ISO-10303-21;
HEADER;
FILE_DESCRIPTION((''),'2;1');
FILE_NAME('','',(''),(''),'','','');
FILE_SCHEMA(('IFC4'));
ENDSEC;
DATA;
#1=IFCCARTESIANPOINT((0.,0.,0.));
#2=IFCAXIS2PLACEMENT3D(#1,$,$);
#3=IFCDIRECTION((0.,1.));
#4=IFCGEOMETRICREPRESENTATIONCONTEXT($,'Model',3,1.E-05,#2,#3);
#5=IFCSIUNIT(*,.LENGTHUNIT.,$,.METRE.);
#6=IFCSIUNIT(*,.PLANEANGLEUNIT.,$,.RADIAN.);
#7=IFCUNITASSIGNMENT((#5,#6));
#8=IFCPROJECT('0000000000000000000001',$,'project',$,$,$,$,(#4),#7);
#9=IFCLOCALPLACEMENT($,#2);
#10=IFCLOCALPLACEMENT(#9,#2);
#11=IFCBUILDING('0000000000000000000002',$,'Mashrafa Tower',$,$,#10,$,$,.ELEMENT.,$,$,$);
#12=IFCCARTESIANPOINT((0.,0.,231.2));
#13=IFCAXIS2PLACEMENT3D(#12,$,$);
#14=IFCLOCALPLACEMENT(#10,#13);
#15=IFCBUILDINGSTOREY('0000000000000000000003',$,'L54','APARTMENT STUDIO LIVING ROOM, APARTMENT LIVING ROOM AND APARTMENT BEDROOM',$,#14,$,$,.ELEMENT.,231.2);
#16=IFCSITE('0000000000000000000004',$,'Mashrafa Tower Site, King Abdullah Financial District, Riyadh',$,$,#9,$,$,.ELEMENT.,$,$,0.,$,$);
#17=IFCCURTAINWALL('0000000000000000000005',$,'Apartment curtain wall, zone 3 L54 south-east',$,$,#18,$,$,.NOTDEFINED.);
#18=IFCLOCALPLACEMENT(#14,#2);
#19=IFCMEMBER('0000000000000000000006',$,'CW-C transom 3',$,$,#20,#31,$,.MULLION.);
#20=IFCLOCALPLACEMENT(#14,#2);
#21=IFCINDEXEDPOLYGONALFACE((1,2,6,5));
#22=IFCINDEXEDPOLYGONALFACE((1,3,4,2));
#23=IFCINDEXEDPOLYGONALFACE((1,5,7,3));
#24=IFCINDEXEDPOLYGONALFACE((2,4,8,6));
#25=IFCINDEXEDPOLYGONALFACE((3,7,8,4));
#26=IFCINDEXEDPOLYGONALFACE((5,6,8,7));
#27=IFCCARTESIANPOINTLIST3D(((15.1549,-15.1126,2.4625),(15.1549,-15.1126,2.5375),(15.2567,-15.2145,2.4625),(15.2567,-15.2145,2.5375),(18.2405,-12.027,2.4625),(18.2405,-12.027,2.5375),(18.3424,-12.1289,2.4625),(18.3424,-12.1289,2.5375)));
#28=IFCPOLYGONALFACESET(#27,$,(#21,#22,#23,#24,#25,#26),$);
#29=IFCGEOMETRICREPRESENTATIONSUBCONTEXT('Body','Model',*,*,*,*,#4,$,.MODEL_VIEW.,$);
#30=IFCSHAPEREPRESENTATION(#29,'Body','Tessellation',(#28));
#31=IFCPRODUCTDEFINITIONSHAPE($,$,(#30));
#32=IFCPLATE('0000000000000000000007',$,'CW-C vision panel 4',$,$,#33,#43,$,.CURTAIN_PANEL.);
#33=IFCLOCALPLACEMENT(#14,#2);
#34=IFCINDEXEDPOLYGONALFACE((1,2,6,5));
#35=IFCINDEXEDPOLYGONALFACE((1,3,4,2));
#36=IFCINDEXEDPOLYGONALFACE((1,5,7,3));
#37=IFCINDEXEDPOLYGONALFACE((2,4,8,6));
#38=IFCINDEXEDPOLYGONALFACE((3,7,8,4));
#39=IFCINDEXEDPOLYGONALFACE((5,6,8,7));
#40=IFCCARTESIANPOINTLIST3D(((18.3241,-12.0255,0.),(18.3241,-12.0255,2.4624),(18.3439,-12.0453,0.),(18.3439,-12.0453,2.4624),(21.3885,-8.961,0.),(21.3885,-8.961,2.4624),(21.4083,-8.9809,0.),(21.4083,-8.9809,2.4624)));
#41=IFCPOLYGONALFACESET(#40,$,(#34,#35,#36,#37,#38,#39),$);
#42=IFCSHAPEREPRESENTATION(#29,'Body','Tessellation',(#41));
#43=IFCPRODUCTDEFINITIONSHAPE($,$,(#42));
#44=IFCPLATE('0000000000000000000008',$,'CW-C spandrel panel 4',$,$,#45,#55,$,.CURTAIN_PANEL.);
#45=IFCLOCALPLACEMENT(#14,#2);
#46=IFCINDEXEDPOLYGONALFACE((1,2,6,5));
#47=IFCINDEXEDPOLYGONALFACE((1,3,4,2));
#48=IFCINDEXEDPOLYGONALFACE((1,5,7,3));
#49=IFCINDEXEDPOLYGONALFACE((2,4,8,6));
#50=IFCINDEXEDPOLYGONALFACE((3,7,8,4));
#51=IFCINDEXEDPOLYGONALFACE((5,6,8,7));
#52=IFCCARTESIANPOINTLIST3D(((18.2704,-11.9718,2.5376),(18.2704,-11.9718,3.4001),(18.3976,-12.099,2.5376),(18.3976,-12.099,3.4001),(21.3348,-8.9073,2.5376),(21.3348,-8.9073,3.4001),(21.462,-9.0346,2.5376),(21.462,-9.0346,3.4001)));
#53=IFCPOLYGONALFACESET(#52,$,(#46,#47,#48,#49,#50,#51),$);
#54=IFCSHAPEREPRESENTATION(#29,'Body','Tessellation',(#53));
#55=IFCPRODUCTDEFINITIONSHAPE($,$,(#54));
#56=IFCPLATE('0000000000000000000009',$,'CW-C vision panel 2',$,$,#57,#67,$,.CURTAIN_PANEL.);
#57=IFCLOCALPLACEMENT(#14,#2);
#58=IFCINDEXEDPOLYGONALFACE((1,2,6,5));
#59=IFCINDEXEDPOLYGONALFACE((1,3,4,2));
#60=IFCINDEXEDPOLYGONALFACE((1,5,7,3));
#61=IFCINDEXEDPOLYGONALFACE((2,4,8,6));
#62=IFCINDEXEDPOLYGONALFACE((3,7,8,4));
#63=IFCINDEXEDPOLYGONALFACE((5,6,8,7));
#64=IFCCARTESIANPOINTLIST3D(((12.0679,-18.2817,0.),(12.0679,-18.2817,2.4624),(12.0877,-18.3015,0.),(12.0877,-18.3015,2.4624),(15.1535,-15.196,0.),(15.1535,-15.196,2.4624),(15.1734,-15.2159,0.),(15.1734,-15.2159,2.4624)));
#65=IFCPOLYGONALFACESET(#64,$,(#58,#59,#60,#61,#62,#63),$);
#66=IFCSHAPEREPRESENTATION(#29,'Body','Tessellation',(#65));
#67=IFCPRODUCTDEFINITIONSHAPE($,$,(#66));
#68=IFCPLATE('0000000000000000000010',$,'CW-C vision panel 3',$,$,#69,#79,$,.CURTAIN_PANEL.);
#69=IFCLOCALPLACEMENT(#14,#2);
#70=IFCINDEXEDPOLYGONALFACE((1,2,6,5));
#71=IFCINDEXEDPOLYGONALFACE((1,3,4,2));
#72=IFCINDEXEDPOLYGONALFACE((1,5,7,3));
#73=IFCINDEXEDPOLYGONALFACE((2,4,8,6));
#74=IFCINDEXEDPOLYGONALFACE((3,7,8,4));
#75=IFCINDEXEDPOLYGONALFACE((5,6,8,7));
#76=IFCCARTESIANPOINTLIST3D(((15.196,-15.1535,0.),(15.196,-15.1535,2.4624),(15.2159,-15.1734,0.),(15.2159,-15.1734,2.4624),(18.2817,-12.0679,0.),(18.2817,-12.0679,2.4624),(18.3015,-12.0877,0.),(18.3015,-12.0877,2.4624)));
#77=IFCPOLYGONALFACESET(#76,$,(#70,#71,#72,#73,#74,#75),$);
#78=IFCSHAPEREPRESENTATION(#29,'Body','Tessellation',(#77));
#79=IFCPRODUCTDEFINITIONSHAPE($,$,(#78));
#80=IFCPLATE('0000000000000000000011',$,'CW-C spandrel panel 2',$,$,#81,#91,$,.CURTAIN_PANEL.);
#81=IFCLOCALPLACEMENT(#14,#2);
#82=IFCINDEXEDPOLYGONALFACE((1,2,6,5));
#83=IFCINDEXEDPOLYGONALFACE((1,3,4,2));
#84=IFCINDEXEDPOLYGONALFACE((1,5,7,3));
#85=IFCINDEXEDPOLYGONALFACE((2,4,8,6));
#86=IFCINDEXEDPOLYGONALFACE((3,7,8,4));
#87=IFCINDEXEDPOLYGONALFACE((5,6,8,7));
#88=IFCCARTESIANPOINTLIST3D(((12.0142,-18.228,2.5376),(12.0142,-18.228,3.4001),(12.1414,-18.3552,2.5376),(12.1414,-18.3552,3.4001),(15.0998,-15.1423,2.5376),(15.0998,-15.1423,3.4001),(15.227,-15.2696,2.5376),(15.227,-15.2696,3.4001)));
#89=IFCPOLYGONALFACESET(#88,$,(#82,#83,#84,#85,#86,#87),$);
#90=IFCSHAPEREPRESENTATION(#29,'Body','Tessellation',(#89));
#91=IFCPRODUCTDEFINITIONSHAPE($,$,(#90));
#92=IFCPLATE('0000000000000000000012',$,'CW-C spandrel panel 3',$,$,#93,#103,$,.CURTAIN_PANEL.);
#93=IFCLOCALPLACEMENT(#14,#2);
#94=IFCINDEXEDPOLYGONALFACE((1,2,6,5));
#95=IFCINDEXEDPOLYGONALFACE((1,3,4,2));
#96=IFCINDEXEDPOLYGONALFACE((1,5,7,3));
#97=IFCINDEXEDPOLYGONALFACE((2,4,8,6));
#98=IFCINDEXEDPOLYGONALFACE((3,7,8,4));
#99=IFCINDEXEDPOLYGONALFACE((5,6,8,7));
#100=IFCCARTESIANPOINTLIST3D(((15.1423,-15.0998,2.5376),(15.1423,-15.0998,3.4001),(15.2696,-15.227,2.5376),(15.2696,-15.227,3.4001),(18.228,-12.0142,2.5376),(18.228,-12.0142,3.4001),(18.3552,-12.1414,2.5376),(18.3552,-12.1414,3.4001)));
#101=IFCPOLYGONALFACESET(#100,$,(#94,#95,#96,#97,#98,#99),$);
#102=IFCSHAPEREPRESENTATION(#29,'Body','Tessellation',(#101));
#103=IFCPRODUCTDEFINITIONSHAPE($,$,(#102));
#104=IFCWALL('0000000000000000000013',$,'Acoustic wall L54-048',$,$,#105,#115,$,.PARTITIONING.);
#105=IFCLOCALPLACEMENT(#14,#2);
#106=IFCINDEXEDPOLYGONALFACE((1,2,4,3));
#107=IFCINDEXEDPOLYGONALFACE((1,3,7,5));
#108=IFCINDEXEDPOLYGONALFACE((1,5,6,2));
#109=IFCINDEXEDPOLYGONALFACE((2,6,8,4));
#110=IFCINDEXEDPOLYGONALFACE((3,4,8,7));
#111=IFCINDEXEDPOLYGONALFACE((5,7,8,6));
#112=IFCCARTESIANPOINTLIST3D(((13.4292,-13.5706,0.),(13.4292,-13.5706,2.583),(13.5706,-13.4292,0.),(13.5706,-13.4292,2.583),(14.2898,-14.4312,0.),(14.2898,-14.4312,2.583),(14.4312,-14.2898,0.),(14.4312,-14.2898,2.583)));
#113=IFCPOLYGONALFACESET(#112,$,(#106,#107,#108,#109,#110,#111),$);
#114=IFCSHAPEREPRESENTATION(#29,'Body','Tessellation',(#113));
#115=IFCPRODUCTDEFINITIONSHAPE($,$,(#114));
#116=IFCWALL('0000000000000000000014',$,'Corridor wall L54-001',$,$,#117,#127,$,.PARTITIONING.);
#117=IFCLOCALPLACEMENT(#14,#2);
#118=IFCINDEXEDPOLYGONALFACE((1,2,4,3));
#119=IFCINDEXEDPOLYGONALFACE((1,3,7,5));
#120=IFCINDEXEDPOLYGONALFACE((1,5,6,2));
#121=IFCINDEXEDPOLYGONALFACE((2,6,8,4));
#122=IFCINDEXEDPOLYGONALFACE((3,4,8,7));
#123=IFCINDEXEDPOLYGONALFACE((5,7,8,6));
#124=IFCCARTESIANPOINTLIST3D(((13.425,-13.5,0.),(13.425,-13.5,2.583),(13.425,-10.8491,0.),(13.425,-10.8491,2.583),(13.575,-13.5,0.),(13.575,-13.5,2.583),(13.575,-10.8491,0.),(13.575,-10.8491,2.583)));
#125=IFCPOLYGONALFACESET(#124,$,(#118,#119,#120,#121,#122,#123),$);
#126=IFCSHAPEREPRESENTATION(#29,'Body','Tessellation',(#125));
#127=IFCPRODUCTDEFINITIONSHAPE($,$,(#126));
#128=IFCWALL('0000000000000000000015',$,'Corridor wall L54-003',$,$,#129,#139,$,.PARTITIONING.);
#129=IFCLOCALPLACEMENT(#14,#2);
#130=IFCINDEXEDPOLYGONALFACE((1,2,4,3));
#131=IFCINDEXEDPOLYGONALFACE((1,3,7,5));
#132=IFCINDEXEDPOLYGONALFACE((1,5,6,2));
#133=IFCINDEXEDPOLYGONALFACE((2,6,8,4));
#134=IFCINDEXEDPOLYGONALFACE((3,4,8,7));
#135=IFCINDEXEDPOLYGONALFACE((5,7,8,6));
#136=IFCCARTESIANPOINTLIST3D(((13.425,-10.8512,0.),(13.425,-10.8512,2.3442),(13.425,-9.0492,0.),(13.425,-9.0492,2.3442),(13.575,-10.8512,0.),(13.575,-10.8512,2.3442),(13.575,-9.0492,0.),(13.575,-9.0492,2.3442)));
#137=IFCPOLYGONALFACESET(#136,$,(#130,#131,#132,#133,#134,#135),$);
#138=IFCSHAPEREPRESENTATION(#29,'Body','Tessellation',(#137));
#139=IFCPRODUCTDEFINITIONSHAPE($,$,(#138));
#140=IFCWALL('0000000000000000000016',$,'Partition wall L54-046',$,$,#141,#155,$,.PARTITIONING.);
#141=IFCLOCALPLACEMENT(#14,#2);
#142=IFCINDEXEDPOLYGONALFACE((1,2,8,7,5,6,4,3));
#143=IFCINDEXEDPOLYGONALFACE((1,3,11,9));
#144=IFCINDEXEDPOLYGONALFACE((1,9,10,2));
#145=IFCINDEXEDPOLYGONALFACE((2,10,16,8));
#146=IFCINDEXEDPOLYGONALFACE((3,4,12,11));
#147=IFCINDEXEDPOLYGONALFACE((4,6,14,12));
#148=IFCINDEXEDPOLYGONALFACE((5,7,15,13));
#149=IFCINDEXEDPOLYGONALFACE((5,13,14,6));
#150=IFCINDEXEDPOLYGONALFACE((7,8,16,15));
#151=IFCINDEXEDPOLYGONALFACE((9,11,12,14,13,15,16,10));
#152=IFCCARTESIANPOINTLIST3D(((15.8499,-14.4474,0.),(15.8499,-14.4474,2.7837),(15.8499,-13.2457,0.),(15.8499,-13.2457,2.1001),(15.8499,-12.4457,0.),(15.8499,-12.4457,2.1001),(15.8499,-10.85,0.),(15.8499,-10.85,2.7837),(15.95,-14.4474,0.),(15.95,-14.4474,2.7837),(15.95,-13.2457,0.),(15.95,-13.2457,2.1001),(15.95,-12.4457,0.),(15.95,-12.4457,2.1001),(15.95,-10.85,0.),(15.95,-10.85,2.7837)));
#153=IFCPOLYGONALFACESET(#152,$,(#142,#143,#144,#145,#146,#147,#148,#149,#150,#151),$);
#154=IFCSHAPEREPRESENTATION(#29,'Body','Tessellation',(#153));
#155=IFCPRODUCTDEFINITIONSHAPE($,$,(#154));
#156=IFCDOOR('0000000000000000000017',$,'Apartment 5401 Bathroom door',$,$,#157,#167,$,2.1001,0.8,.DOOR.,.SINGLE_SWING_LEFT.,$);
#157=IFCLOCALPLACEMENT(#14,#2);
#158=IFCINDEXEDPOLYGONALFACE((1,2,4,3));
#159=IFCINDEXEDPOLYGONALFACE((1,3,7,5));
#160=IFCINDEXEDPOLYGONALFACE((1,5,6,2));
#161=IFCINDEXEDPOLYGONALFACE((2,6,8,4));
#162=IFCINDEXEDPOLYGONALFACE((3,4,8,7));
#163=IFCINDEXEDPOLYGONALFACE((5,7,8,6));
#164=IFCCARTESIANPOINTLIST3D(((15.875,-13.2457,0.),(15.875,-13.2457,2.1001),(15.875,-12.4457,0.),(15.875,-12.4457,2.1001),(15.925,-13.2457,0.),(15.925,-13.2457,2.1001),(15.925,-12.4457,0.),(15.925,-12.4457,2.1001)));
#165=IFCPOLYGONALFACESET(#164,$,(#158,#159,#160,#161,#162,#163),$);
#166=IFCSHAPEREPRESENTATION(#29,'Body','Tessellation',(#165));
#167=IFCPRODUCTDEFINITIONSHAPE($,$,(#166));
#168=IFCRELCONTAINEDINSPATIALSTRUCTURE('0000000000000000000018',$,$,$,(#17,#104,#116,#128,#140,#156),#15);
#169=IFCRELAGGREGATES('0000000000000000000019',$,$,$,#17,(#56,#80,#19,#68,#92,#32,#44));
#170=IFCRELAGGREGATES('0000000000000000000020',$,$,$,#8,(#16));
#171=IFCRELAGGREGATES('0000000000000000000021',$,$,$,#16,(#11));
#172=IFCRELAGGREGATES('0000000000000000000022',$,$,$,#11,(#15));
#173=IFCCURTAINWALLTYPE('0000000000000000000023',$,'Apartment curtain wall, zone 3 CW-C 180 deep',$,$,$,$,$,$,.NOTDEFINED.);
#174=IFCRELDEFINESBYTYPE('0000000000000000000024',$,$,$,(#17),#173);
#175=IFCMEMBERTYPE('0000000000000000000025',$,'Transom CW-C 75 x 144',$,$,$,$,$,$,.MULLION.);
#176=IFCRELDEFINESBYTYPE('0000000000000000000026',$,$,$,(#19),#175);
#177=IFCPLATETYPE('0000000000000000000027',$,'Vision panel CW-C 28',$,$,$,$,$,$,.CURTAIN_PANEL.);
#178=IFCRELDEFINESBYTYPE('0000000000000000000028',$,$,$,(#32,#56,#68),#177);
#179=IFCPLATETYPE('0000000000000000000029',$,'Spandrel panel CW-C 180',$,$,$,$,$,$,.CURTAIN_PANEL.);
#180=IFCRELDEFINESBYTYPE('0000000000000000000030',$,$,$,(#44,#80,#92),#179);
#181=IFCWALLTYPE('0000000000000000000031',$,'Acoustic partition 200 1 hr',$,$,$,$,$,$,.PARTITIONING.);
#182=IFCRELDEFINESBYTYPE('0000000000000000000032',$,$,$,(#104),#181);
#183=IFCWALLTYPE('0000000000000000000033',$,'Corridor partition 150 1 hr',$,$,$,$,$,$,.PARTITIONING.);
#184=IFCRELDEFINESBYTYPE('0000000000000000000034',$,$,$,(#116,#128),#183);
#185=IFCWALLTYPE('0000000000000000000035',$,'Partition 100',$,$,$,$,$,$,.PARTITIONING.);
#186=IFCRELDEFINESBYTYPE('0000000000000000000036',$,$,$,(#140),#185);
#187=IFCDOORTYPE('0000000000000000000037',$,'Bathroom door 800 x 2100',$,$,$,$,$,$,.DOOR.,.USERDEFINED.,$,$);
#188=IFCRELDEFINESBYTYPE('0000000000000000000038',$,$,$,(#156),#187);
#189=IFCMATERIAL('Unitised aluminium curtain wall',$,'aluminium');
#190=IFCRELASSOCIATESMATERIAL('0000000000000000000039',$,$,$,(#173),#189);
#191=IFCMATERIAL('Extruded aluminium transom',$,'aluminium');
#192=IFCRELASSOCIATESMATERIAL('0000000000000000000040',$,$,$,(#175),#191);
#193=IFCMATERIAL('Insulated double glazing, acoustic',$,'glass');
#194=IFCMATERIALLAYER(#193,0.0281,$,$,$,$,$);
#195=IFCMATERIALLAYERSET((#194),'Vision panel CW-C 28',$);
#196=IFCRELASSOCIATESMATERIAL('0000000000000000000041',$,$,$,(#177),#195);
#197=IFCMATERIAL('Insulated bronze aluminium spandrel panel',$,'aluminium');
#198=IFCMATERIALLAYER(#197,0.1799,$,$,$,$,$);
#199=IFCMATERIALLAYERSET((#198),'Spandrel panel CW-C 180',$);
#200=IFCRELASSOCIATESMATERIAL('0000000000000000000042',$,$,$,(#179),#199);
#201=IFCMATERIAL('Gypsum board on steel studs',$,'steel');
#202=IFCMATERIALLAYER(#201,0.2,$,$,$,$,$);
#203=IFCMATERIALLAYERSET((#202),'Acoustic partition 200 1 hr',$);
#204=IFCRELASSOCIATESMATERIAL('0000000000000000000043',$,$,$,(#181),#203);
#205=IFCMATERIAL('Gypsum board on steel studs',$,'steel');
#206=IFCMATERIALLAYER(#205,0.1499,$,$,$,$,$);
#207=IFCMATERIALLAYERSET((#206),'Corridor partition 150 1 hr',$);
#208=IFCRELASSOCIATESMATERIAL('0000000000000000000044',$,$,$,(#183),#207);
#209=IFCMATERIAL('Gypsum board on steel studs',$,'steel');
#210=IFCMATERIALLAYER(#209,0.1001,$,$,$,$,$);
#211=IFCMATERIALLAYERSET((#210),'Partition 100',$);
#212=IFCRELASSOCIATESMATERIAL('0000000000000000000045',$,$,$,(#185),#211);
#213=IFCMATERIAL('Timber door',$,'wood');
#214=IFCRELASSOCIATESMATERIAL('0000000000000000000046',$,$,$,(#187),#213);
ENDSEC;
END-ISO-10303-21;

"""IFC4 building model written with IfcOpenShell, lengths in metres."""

from ifc_helpers import new_model, si_unit, direction, frame, frame_2d, origin, origin_2d, place, context, subcontext, project, spatial, rectangle, extrude, source, transform, mapped, material, layer, layer_set, material_profile, profile_set, type_object, type_shapes, element, fill, aggregate, save


model = new_model("IFC4")

# Units and contexts
model_context = context("Model", 3, precision=1e-05, world=origin(), true_north=direction((0.0, 1.0)))
body_context = subcontext(model_context, "Body", "Model", "MODEL_VIEW")
ifc_project = project(units=[si_unit("LENGTHUNIT", "METRE"), si_unit("PLANEANGLEUNIT", "RADIAN")], contexts=[model_context])

# Site, building, storey
site_placement = place(None, origin())
site = spatial("IfcSite", under=ifc_project, at=site_placement, Name="Mashrafa Tower Site, King Abdullah Financial District, Riyadh", CompositionType="ELEMENT", RefElevation=0.0)
building_placement = place(site_placement, origin())
building = spatial("IfcBuilding", under=site, at=building_placement, Name="Mashrafa Tower", CompositionType="ELEMENT")
storey_placement = place(building_placement, frame((0.0, 0.0, 231.2)))
storey = spatial("IfcBuildingStorey", under=building, at=storey_placement, Name="L54", Description="APARTMENT STUDIO LIVING ROOM, APARTMENT LIVING ROOM AND APARTMENT BEDROOM", CompositionType="ELEMENT", Elevation=231.2)

# Curtain wall, member, plates
ifc_material_1 = material(Name="Unitised aluminium curtain wall", Category="aluminium")
curtain_wall_type = type_object("IfcCurtainWallType", Name="Apartment curtain wall, zone 3 CW-C 180 deep", PredefinedType="NOTDEFINED", material=ifc_material_1)
curtain_wall_placement = place(storey_placement, origin())
curtain_wall = element("IfcCurtainWall", 1, at=curtain_wall_placement, inside=storey, type_object=curtain_wall_type, Name="Apartment curtain wall, zone 3 L54 south-east", PredefinedType="NOTDEFINED")
ifc_material_2 = material(Name="Extruded aluminium transom", Category="aluminium")
ifc_material_profile_1 = material_profile(ifc_material_2, rectangle(XDim=0.144, YDim=0.075, at=origin_2d()), Name="Transom 75x144")
ifc_profile_set_1 = profile_set([ifc_material_profile_1], Name="Extruded aluminium transom")
member_type_1 = type_object("IfcMemberType", Name="Transom CW-C 75 x 144", PredefinedType="MULLION", material=ifc_profile_set_1)
shared_shape_1 = source(origin(), body_context, "Body", "SweptSolid", [
    extrude(rectangle(XDim=0.144, YDim=0.075, at=origin_2d()), origin(), (0.0, 0.0, 1.0), 4.3638),
])
member_1_placement = place(storey_placement, frame((15.2058, -15.1636, 2.5), z_axis=(0.707107, 0.707107, 0.0), x_axis=(-0.707107, 0.707107, 0.0)))
member_1 = element("IfcMember", 2, at=member_1_placement, type_object=member_type_1, Name="CW-C transom 3", PredefinedType="MULLION", context=body_context, shape_type="MappedRepresentation", body=[
    mapped(shared_shape_1, transform((0.0, 0.0, 0.0))),
])
ifc_material_3 = material(Name="Insulated double glazing, acoustic", Category="glass")
ifc_layer_1 = layer(ifc_material_3, 0.0281)
ifc_layer_set_1 = layer_set([ifc_layer_1], Name="Vision panel CW-C 28")
plate_type_1 = type_object("IfcPlateType", Name="Vision panel CW-C 28", PredefinedType="CURTAIN_PANEL", material=ifc_layer_set_1)
shared_shape_2 = source(origin(), body_context, "Body", "SweptSolid", [
    extrude(rectangle(XDim=4.3337, YDim=0.0281, at=origin_2d()), origin(), (0.0, 0.0, 1.0), 2.4624),
])
plate_1_placement = place(storey_placement, frame((19.8662, -10.5032, 0.0), z_axis=(0.0, 0.0, 1.0), x_axis=(0.707107, 0.707107, 0.0)))
plate_1 = element("IfcPlate", 3, at=plate_1_placement, type_object=plate_type_1, Name="CW-C vision panel 4", PredefinedType="CURTAIN_PANEL", context=body_context, shape_type="MappedRepresentation", body=[
    mapped(shared_shape_2, transform((0.0, 0.0, 0.0))),
])
ifc_material_4 = material(Name="Insulated bronze aluminium spandrel panel", Category="aluminium")
ifc_layer_2 = layer(ifc_material_4, 0.1799)
ifc_layer_set_2 = layer_set([ifc_layer_2], Name="Spandrel panel CW-C 180")
plate_type_2 = type_object("IfcPlateType", Name="Spandrel panel CW-C 180", PredefinedType="CURTAIN_PANEL", material=ifc_layer_set_2)
shared_shape_3 = source(origin(), body_context, "Body", "SweptSolid", [
    extrude(rectangle(XDim=4.3337, YDim=0.1799, at=origin_2d()), origin(), (0.0, 0.0, 1.0), 0.8625),
])
plate_2_placement = place(storey_placement, frame((19.8662, -10.5032, 2.5376), z_axis=(0.0, 0.0, 1.0), x_axis=(0.707107, 0.707107, 0.0)))
plate_2 = element("IfcPlate", 4, at=plate_2_placement, type_object=plate_type_2, Name="CW-C spandrel panel 4", PredefinedType="CURTAIN_PANEL", context=body_context, shape_type="MappedRepresentation", body=[
    mapped(shared_shape_3, transform((0.0, 0.0, 0.0))),
])
shared_shape_4 = source(origin(), body_context, "Body", "SweptSolid", [
    extrude(rectangle(XDim=4.3638, YDim=0.0281, at=origin_2d()), origin(), (0.0, 0.0, 1.0), 2.4624),
])
type_shapes(plate_type_1, [shared_shape_2, shared_shape_4])
plate_3_placement = place(storey_placement, frame((13.6206, -16.7488, 0.0), z_axis=(0.0, 0.0, 1.0), x_axis=(0.707107, 0.707107, 0.0)))
plate_3 = element("IfcPlate", 5, at=plate_3_placement, type_object=plate_type_1, Name="CW-C vision panel 2", PredefinedType="CURTAIN_PANEL", context=body_context, shape_type="MappedRepresentation", body=[
    mapped(shared_shape_4, transform((0.0, 0.0, 0.0))),
])
plate_4_placement = place(storey_placement, frame((16.7488, -13.6206, 0.0), z_axis=(0.0, 0.0, 1.0), x_axis=(0.707107, 0.707107, 0.0)))
plate_4 = element("IfcPlate", 6, at=plate_4_placement, type_object=plate_type_1, Name="CW-C vision panel 3", PredefinedType="CURTAIN_PANEL", context=body_context, shape_type="MappedRepresentation", body=[
    mapped(shared_shape_4, transform((0.0, 0.0, 0.0))),
])
shared_shape_5 = source(origin(), body_context, "Body", "SweptSolid", [
    extrude(rectangle(XDim=4.3638, YDim=0.1799, at=origin_2d()), origin(), (0.0, 0.0, 1.0), 0.8625),
])
type_shapes(plate_type_2, [shared_shape_3, shared_shape_5])
plate_5_placement = place(storey_placement, frame((13.6206, -16.7488, 2.5376), z_axis=(0.0, 0.0, 1.0), x_axis=(0.707107, 0.707107, 0.0)))
plate_5 = element("IfcPlate", 7, at=plate_5_placement, type_object=plate_type_2, Name="CW-C spandrel panel 2", PredefinedType="CURTAIN_PANEL", context=body_context, shape_type="MappedRepresentation", body=[
    mapped(shared_shape_5, transform((0.0, 0.0, 0.0))),
])
plate_6_placement = place(storey_placement, frame((16.7488, -13.6206, 2.5376), z_axis=(0.0, 0.0, 1.0), x_axis=(0.707107, 0.707107, 0.0)))
plate_6 = element("IfcPlate", 8, at=plate_6_placement, type_object=plate_type_2, Name="CW-C spandrel panel 3", PredefinedType="CURTAIN_PANEL", context=body_context, shape_type="MappedRepresentation", body=[
    mapped(shared_shape_5, transform((0.0, 0.0, 0.0))),
])
aggregate(curtain_wall, [plate_3, plate_5, member_1, plate_4, plate_6, plate_1, plate_2])

# Walls
ifc_material_5 = material(Name="Gypsum board on steel studs", Category="steel")
ifc_layer_3 = layer(ifc_material_5, 0.2)
ifc_layer_set_3 = layer_set([ifc_layer_3], Name="Acoustic partition 200 1 hr")
wall_type_1 = type_object("IfcWallType", Name="Acoustic partition 200 1 hr", PredefinedType="PARTITIONING", material=ifc_layer_set_3)
wall_1_placement = place(storey_placement, frame((13.5, -13.5, 0.0), z_axis=(0.0, 0.0, 1.0), x_axis=(0.707107, -0.707107, 0.0)))
element("IfcWall", 9, at=wall_1_placement, inside=storey, type_object=wall_type_1, Name="Acoustic wall L54-048", PredefinedType="PARTITIONING", context=body_context, shape_type="SweptSolid", body=[
    extrude(rectangle(XDim=1.217, YDim=0.2, at=frame_2d((0.6084, 0.0))), origin(), (0.0, 0.0, 1.0), 2.583),
])
ifc_material_6 = material(Name="Gypsum board on steel studs", Category="steel")
ifc_layer_4 = layer(ifc_material_6, 0.1499)
ifc_layer_set_4 = layer_set([ifc_layer_4], Name="Corridor partition 150 1 hr")
wall_type_2 = type_object("IfcWallType", Name="Corridor partition 150 1 hr", PredefinedType="PARTITIONING", material=ifc_layer_set_4)
wall_2_placement = place(storey_placement, frame((13.5, -13.5, 0.0), z_axis=(0.0, 0.0, 1.0), x_axis=(0.0, 1.0, 0.0)))
element("IfcWall", 10, at=wall_2_placement, inside=storey, type_object=wall_type_2, Name="Corridor wall L54-001", PredefinedType="PARTITIONING", context=body_context, shape_type="SweptSolid", body=[
    extrude(rectangle(XDim=2.6509, YDim=0.1499, at=frame_2d((1.3254, 0.0))), origin(), (0.0, 0.0, 1.0), 2.583),
])
wall_3_placement = place(storey_placement, frame((13.5, -10.8511, 0.0), z_axis=(0.0, 0.0, 1.0), x_axis=(0.0, 1.0, 0.0)))
element("IfcWall", 11, at=wall_3_placement, inside=storey, type_object=wall_type_2, Name="Corridor wall L54-003", PredefinedType="PARTITIONING", context=body_context, shape_type="SweptSolid", body=[
    extrude(rectangle(XDim=1.802, YDim=0.1499, at=frame_2d((0.9009, 0.0))), origin(), (0.0, 0.0, 1.0), 2.3442),
])

# Wall, opening, door
ifc_material_7 = material(Name="Gypsum board on steel studs", Category="steel")
ifc_layer_5 = layer(ifc_material_7, 0.1001)
ifc_layer_set_5 = layer_set([ifc_layer_5], Name="Partition 100")
wall_type_3 = type_object("IfcWallType", Name="Partition 100", PredefinedType="PARTITIONING", material=ifc_layer_set_5)
wall_4_placement = place(storey_placement, frame((15.8999, -14.4475, 0.0), z_axis=(0.0, 0.0, 1.0), x_axis=(0.0, 1.0, 0.0)))
wall_4 = element("IfcWall", 12, at=wall_4_placement, inside=storey, type_object=wall_type_3, Name="Partition wall L54-046", PredefinedType="PARTITIONING", context=body_context, shape_type="SweptSolid", body=[
    extrude(rectangle(XDim=3.5974, YDim=0.1001, at=frame_2d((1.7988, 0.0))), origin(), (0.0, 0.0, 1.0), 2.7837),
])
opening_placement = place(wall_4_placement, frame((1.2019, 0.0, 0.0)))
opening = element("IfcOpeningElement", 13, at=opening_placement, cuts=wall_4, PredefinedType="OPENING", context=body_context, shape_type="SweptSolid", body=[
    extrude(rectangle(XDim=0.8, YDim=2.1001, at=frame_2d((0.3999, 1.05))), frame((0.0, 0.0601, 0.0), z_axis=(0.0, -1.0, 0.0), x_axis=(1.0, 0.0, 0.0)), (0.0, 0.0, 1.0), 0.1201),
])
ifc_material_8 = material(Name="Timber door", Category="wood")
door_type = type_object("IfcDoorType", Name="Bathroom door 800 x 2100", OperationType="USERDEFINED", PredefinedType="DOOR", material=ifc_material_8)
door_placement = place(opening_placement, origin())
door = element("IfcDoor", 14, at=door_placement, inside=storey, type_object=door_type, Name="Apartment 5401 Bathroom door", OperationType="SINGLE_SWING_LEFT", OverallHeight=2.1001, OverallWidth=0.8, PredefinedType="DOOR", context=body_context, shape_type="SweptSolid", body=[
    extrude(rectangle(XDim=0.8, YDim=2.1001, at=frame_2d((0.3999, 1.05))), frame((0.0, 0.0249, 0.0), z_axis=(0.0, -1.0, 0.0), x_axis=(1.0, 0.0, 0.0)), (0.0, 0.0, 1.0), 0.05),
])
fill(opening, door)

save(model, "model.ifc")
